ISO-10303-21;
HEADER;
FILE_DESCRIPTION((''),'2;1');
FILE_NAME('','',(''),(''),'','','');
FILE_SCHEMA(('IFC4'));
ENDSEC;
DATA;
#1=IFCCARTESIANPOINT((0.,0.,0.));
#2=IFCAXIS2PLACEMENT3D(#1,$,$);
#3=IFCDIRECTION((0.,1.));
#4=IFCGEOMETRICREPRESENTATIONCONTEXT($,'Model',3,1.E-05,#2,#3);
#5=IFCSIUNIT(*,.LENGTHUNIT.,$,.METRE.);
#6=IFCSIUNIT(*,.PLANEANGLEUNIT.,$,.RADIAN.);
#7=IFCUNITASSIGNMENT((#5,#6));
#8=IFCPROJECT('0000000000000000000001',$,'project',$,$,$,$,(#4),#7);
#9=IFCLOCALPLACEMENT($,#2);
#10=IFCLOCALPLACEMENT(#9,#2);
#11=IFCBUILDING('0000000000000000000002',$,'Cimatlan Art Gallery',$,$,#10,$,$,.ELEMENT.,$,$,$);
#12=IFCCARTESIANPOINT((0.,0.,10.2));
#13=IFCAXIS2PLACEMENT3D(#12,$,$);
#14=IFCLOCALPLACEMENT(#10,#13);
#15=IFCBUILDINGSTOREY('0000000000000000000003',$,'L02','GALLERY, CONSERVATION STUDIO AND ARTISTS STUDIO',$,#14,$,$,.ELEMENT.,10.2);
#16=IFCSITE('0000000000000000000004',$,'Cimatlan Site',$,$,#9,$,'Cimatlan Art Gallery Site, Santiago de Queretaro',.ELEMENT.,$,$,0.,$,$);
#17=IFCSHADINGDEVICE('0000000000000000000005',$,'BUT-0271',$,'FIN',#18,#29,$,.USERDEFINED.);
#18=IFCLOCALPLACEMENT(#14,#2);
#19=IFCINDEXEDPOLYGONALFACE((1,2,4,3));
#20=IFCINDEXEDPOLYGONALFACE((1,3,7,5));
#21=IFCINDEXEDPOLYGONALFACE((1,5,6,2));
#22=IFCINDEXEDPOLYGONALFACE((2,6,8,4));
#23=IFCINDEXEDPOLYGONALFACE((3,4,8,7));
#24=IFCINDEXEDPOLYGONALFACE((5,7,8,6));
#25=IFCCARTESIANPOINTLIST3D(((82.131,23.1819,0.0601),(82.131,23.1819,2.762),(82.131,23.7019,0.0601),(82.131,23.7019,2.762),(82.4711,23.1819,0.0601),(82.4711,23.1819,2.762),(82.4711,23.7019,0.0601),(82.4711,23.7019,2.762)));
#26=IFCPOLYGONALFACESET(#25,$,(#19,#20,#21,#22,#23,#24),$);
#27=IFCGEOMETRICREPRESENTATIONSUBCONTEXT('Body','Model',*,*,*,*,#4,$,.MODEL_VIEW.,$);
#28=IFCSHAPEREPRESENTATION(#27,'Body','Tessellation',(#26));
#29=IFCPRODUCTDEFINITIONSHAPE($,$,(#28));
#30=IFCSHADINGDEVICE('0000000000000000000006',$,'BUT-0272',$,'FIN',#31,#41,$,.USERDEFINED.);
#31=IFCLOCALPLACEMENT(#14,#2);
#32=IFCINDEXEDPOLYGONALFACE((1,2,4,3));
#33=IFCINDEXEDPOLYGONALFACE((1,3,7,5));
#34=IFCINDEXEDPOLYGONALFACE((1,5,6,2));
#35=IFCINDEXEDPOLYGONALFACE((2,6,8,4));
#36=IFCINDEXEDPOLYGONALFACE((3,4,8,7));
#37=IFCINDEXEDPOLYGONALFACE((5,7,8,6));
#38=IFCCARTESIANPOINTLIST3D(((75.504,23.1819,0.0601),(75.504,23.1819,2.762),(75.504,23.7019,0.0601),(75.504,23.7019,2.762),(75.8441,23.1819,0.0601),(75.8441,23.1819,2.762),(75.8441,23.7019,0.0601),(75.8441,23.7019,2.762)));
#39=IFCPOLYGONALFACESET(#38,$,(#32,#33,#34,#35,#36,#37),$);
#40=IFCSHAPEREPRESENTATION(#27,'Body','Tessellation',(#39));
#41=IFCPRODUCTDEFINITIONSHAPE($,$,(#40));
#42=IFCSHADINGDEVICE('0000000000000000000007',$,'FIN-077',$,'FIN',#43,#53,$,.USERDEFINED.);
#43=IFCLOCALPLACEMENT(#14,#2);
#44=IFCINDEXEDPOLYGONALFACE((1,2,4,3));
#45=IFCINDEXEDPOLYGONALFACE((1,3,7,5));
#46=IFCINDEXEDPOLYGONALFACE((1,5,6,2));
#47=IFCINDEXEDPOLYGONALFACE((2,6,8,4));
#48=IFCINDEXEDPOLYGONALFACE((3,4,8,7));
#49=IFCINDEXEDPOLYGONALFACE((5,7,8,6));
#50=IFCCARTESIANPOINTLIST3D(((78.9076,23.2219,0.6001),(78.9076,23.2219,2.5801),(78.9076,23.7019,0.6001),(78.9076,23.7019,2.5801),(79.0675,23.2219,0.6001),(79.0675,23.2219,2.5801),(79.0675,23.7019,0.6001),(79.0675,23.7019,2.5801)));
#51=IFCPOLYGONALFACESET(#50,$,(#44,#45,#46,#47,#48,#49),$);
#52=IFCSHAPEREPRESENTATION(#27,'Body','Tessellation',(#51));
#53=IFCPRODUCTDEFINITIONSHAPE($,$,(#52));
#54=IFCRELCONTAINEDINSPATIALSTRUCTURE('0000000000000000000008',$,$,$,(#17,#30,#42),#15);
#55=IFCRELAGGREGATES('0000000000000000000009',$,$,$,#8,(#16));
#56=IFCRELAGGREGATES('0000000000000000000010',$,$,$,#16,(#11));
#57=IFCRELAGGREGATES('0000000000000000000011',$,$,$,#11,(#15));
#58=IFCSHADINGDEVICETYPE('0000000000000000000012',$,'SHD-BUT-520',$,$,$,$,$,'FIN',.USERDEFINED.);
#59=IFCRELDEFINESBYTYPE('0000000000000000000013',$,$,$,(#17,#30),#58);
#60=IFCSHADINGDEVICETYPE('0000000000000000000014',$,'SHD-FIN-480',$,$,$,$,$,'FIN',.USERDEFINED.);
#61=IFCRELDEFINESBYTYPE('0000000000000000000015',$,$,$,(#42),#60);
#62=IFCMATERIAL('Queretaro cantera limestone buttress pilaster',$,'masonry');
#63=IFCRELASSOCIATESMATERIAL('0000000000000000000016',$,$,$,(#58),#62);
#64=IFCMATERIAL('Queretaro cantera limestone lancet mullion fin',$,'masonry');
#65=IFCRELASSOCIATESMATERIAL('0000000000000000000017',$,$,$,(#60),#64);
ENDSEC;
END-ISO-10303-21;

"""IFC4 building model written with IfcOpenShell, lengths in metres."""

from ifc_helpers import new_model, si_unit, direction, frame, origin, origin_2d, place, context, subcontext, project, spatial, rectangle, extrude, material, type_object, element, save


model = new_model("IFC4")

# Units and contexts
model_context = context("Model", 3, precision=1e-05, world=origin(), true_north=direction((0.0, 1.0)))
body_context = subcontext(model_context, "Body", "Model", "MODEL_VIEW")
ifc_project = project(units=[si_unit("LENGTHUNIT", "METRE"), si_unit("PLANEANGLEUNIT", "RADIAN")], contexts=[model_context])

# Site, building, storey
site_placement = place(None, origin())
site = spatial("IfcSite", under=ifc_project, at=site_placement, Name="Cimatlan Site", LongName="Cimatlan Art Gallery Site, Santiago de Queretaro", CompositionType="ELEMENT", RefElevation=0.0)
building_placement = place(site_placement, origin())
building = spatial("IfcBuilding", under=site, at=building_placement, Name="Cimatlan Art Gallery", CompositionType="ELEMENT")
storey_placement = place(building_placement, frame((0.0, 0.0, 10.2)))
storey = spatial("IfcBuildingStorey", under=building, at=storey_placement, Name="L02", Description="GALLERY, CONSERVATION STUDIO AND ARTISTS STUDIO", CompositionType="ELEMENT", Elevation=10.2)

# Shading devices
ifc_material_1 = material(Name="Queretaro cantera limestone buttress pilaster", Category="masonry")
shading_device_type_1 = type_object("IfcShadingDeviceType", Name="SHD-BUT-520", ElementType="FIN", PredefinedType="USERDEFINED", material=ifc_material_1)
for number, where, z_axis, x_axis, name in (
    (1, (82.301, 23.4419, 0.0601), (0.0, 0.0, 1.0), (-1.0, 0.0, 0.0), "BUT-0271"),
    (2, (75.6741, 23.4419, 0.0601), (0.0, 0.0, 1.0), (-1.0, 0.0, 0.0), "BUT-0272"),
):
    element("IfcShadingDevice", number, at=place(storey_placement, frame(where, z_axis=z_axis, x_axis=x_axis)), inside=storey, type_object=shading_device_type_1, Name=name, ObjectType="FIN", PredefinedType="USERDEFINED", context=body_context, shape_type="SweptSolid", body=[
        extrude(rectangle(XDim=0.3401, YDim=0.52, at=origin_2d()), origin(), (0.0, 0.0, 1.0), 2.7019),
    ])
ifc_material_2 = material(Name="Queretaro cantera limestone lancet mullion fin", Category="masonry")
shading_device_type_2 = type_object("IfcShadingDeviceType", Name="SHD-FIN-480", ElementType="FIN", PredefinedType="USERDEFINED", material=ifc_material_2)
shading_device_placement = place(storey_placement, frame((78.9875, 23.4619, 0.6001), z_axis=(0.0, 0.0, 1.0), x_axis=(-1.0, 0.0, 0.0)))
element("IfcShadingDevice", 3, at=shading_device_placement, inside=storey, type_object=shading_device_type_2, Name="FIN-077", ObjectType="FIN", PredefinedType="USERDEFINED", context=body_context, shape_type="SweptSolid", body=[
    extrude(rectangle(XDim=0.1599, YDim=0.48, at=origin_2d()), origin(), (0.0, 0.0, 1.0), 1.98),
])

save(model, "model.ifc")
